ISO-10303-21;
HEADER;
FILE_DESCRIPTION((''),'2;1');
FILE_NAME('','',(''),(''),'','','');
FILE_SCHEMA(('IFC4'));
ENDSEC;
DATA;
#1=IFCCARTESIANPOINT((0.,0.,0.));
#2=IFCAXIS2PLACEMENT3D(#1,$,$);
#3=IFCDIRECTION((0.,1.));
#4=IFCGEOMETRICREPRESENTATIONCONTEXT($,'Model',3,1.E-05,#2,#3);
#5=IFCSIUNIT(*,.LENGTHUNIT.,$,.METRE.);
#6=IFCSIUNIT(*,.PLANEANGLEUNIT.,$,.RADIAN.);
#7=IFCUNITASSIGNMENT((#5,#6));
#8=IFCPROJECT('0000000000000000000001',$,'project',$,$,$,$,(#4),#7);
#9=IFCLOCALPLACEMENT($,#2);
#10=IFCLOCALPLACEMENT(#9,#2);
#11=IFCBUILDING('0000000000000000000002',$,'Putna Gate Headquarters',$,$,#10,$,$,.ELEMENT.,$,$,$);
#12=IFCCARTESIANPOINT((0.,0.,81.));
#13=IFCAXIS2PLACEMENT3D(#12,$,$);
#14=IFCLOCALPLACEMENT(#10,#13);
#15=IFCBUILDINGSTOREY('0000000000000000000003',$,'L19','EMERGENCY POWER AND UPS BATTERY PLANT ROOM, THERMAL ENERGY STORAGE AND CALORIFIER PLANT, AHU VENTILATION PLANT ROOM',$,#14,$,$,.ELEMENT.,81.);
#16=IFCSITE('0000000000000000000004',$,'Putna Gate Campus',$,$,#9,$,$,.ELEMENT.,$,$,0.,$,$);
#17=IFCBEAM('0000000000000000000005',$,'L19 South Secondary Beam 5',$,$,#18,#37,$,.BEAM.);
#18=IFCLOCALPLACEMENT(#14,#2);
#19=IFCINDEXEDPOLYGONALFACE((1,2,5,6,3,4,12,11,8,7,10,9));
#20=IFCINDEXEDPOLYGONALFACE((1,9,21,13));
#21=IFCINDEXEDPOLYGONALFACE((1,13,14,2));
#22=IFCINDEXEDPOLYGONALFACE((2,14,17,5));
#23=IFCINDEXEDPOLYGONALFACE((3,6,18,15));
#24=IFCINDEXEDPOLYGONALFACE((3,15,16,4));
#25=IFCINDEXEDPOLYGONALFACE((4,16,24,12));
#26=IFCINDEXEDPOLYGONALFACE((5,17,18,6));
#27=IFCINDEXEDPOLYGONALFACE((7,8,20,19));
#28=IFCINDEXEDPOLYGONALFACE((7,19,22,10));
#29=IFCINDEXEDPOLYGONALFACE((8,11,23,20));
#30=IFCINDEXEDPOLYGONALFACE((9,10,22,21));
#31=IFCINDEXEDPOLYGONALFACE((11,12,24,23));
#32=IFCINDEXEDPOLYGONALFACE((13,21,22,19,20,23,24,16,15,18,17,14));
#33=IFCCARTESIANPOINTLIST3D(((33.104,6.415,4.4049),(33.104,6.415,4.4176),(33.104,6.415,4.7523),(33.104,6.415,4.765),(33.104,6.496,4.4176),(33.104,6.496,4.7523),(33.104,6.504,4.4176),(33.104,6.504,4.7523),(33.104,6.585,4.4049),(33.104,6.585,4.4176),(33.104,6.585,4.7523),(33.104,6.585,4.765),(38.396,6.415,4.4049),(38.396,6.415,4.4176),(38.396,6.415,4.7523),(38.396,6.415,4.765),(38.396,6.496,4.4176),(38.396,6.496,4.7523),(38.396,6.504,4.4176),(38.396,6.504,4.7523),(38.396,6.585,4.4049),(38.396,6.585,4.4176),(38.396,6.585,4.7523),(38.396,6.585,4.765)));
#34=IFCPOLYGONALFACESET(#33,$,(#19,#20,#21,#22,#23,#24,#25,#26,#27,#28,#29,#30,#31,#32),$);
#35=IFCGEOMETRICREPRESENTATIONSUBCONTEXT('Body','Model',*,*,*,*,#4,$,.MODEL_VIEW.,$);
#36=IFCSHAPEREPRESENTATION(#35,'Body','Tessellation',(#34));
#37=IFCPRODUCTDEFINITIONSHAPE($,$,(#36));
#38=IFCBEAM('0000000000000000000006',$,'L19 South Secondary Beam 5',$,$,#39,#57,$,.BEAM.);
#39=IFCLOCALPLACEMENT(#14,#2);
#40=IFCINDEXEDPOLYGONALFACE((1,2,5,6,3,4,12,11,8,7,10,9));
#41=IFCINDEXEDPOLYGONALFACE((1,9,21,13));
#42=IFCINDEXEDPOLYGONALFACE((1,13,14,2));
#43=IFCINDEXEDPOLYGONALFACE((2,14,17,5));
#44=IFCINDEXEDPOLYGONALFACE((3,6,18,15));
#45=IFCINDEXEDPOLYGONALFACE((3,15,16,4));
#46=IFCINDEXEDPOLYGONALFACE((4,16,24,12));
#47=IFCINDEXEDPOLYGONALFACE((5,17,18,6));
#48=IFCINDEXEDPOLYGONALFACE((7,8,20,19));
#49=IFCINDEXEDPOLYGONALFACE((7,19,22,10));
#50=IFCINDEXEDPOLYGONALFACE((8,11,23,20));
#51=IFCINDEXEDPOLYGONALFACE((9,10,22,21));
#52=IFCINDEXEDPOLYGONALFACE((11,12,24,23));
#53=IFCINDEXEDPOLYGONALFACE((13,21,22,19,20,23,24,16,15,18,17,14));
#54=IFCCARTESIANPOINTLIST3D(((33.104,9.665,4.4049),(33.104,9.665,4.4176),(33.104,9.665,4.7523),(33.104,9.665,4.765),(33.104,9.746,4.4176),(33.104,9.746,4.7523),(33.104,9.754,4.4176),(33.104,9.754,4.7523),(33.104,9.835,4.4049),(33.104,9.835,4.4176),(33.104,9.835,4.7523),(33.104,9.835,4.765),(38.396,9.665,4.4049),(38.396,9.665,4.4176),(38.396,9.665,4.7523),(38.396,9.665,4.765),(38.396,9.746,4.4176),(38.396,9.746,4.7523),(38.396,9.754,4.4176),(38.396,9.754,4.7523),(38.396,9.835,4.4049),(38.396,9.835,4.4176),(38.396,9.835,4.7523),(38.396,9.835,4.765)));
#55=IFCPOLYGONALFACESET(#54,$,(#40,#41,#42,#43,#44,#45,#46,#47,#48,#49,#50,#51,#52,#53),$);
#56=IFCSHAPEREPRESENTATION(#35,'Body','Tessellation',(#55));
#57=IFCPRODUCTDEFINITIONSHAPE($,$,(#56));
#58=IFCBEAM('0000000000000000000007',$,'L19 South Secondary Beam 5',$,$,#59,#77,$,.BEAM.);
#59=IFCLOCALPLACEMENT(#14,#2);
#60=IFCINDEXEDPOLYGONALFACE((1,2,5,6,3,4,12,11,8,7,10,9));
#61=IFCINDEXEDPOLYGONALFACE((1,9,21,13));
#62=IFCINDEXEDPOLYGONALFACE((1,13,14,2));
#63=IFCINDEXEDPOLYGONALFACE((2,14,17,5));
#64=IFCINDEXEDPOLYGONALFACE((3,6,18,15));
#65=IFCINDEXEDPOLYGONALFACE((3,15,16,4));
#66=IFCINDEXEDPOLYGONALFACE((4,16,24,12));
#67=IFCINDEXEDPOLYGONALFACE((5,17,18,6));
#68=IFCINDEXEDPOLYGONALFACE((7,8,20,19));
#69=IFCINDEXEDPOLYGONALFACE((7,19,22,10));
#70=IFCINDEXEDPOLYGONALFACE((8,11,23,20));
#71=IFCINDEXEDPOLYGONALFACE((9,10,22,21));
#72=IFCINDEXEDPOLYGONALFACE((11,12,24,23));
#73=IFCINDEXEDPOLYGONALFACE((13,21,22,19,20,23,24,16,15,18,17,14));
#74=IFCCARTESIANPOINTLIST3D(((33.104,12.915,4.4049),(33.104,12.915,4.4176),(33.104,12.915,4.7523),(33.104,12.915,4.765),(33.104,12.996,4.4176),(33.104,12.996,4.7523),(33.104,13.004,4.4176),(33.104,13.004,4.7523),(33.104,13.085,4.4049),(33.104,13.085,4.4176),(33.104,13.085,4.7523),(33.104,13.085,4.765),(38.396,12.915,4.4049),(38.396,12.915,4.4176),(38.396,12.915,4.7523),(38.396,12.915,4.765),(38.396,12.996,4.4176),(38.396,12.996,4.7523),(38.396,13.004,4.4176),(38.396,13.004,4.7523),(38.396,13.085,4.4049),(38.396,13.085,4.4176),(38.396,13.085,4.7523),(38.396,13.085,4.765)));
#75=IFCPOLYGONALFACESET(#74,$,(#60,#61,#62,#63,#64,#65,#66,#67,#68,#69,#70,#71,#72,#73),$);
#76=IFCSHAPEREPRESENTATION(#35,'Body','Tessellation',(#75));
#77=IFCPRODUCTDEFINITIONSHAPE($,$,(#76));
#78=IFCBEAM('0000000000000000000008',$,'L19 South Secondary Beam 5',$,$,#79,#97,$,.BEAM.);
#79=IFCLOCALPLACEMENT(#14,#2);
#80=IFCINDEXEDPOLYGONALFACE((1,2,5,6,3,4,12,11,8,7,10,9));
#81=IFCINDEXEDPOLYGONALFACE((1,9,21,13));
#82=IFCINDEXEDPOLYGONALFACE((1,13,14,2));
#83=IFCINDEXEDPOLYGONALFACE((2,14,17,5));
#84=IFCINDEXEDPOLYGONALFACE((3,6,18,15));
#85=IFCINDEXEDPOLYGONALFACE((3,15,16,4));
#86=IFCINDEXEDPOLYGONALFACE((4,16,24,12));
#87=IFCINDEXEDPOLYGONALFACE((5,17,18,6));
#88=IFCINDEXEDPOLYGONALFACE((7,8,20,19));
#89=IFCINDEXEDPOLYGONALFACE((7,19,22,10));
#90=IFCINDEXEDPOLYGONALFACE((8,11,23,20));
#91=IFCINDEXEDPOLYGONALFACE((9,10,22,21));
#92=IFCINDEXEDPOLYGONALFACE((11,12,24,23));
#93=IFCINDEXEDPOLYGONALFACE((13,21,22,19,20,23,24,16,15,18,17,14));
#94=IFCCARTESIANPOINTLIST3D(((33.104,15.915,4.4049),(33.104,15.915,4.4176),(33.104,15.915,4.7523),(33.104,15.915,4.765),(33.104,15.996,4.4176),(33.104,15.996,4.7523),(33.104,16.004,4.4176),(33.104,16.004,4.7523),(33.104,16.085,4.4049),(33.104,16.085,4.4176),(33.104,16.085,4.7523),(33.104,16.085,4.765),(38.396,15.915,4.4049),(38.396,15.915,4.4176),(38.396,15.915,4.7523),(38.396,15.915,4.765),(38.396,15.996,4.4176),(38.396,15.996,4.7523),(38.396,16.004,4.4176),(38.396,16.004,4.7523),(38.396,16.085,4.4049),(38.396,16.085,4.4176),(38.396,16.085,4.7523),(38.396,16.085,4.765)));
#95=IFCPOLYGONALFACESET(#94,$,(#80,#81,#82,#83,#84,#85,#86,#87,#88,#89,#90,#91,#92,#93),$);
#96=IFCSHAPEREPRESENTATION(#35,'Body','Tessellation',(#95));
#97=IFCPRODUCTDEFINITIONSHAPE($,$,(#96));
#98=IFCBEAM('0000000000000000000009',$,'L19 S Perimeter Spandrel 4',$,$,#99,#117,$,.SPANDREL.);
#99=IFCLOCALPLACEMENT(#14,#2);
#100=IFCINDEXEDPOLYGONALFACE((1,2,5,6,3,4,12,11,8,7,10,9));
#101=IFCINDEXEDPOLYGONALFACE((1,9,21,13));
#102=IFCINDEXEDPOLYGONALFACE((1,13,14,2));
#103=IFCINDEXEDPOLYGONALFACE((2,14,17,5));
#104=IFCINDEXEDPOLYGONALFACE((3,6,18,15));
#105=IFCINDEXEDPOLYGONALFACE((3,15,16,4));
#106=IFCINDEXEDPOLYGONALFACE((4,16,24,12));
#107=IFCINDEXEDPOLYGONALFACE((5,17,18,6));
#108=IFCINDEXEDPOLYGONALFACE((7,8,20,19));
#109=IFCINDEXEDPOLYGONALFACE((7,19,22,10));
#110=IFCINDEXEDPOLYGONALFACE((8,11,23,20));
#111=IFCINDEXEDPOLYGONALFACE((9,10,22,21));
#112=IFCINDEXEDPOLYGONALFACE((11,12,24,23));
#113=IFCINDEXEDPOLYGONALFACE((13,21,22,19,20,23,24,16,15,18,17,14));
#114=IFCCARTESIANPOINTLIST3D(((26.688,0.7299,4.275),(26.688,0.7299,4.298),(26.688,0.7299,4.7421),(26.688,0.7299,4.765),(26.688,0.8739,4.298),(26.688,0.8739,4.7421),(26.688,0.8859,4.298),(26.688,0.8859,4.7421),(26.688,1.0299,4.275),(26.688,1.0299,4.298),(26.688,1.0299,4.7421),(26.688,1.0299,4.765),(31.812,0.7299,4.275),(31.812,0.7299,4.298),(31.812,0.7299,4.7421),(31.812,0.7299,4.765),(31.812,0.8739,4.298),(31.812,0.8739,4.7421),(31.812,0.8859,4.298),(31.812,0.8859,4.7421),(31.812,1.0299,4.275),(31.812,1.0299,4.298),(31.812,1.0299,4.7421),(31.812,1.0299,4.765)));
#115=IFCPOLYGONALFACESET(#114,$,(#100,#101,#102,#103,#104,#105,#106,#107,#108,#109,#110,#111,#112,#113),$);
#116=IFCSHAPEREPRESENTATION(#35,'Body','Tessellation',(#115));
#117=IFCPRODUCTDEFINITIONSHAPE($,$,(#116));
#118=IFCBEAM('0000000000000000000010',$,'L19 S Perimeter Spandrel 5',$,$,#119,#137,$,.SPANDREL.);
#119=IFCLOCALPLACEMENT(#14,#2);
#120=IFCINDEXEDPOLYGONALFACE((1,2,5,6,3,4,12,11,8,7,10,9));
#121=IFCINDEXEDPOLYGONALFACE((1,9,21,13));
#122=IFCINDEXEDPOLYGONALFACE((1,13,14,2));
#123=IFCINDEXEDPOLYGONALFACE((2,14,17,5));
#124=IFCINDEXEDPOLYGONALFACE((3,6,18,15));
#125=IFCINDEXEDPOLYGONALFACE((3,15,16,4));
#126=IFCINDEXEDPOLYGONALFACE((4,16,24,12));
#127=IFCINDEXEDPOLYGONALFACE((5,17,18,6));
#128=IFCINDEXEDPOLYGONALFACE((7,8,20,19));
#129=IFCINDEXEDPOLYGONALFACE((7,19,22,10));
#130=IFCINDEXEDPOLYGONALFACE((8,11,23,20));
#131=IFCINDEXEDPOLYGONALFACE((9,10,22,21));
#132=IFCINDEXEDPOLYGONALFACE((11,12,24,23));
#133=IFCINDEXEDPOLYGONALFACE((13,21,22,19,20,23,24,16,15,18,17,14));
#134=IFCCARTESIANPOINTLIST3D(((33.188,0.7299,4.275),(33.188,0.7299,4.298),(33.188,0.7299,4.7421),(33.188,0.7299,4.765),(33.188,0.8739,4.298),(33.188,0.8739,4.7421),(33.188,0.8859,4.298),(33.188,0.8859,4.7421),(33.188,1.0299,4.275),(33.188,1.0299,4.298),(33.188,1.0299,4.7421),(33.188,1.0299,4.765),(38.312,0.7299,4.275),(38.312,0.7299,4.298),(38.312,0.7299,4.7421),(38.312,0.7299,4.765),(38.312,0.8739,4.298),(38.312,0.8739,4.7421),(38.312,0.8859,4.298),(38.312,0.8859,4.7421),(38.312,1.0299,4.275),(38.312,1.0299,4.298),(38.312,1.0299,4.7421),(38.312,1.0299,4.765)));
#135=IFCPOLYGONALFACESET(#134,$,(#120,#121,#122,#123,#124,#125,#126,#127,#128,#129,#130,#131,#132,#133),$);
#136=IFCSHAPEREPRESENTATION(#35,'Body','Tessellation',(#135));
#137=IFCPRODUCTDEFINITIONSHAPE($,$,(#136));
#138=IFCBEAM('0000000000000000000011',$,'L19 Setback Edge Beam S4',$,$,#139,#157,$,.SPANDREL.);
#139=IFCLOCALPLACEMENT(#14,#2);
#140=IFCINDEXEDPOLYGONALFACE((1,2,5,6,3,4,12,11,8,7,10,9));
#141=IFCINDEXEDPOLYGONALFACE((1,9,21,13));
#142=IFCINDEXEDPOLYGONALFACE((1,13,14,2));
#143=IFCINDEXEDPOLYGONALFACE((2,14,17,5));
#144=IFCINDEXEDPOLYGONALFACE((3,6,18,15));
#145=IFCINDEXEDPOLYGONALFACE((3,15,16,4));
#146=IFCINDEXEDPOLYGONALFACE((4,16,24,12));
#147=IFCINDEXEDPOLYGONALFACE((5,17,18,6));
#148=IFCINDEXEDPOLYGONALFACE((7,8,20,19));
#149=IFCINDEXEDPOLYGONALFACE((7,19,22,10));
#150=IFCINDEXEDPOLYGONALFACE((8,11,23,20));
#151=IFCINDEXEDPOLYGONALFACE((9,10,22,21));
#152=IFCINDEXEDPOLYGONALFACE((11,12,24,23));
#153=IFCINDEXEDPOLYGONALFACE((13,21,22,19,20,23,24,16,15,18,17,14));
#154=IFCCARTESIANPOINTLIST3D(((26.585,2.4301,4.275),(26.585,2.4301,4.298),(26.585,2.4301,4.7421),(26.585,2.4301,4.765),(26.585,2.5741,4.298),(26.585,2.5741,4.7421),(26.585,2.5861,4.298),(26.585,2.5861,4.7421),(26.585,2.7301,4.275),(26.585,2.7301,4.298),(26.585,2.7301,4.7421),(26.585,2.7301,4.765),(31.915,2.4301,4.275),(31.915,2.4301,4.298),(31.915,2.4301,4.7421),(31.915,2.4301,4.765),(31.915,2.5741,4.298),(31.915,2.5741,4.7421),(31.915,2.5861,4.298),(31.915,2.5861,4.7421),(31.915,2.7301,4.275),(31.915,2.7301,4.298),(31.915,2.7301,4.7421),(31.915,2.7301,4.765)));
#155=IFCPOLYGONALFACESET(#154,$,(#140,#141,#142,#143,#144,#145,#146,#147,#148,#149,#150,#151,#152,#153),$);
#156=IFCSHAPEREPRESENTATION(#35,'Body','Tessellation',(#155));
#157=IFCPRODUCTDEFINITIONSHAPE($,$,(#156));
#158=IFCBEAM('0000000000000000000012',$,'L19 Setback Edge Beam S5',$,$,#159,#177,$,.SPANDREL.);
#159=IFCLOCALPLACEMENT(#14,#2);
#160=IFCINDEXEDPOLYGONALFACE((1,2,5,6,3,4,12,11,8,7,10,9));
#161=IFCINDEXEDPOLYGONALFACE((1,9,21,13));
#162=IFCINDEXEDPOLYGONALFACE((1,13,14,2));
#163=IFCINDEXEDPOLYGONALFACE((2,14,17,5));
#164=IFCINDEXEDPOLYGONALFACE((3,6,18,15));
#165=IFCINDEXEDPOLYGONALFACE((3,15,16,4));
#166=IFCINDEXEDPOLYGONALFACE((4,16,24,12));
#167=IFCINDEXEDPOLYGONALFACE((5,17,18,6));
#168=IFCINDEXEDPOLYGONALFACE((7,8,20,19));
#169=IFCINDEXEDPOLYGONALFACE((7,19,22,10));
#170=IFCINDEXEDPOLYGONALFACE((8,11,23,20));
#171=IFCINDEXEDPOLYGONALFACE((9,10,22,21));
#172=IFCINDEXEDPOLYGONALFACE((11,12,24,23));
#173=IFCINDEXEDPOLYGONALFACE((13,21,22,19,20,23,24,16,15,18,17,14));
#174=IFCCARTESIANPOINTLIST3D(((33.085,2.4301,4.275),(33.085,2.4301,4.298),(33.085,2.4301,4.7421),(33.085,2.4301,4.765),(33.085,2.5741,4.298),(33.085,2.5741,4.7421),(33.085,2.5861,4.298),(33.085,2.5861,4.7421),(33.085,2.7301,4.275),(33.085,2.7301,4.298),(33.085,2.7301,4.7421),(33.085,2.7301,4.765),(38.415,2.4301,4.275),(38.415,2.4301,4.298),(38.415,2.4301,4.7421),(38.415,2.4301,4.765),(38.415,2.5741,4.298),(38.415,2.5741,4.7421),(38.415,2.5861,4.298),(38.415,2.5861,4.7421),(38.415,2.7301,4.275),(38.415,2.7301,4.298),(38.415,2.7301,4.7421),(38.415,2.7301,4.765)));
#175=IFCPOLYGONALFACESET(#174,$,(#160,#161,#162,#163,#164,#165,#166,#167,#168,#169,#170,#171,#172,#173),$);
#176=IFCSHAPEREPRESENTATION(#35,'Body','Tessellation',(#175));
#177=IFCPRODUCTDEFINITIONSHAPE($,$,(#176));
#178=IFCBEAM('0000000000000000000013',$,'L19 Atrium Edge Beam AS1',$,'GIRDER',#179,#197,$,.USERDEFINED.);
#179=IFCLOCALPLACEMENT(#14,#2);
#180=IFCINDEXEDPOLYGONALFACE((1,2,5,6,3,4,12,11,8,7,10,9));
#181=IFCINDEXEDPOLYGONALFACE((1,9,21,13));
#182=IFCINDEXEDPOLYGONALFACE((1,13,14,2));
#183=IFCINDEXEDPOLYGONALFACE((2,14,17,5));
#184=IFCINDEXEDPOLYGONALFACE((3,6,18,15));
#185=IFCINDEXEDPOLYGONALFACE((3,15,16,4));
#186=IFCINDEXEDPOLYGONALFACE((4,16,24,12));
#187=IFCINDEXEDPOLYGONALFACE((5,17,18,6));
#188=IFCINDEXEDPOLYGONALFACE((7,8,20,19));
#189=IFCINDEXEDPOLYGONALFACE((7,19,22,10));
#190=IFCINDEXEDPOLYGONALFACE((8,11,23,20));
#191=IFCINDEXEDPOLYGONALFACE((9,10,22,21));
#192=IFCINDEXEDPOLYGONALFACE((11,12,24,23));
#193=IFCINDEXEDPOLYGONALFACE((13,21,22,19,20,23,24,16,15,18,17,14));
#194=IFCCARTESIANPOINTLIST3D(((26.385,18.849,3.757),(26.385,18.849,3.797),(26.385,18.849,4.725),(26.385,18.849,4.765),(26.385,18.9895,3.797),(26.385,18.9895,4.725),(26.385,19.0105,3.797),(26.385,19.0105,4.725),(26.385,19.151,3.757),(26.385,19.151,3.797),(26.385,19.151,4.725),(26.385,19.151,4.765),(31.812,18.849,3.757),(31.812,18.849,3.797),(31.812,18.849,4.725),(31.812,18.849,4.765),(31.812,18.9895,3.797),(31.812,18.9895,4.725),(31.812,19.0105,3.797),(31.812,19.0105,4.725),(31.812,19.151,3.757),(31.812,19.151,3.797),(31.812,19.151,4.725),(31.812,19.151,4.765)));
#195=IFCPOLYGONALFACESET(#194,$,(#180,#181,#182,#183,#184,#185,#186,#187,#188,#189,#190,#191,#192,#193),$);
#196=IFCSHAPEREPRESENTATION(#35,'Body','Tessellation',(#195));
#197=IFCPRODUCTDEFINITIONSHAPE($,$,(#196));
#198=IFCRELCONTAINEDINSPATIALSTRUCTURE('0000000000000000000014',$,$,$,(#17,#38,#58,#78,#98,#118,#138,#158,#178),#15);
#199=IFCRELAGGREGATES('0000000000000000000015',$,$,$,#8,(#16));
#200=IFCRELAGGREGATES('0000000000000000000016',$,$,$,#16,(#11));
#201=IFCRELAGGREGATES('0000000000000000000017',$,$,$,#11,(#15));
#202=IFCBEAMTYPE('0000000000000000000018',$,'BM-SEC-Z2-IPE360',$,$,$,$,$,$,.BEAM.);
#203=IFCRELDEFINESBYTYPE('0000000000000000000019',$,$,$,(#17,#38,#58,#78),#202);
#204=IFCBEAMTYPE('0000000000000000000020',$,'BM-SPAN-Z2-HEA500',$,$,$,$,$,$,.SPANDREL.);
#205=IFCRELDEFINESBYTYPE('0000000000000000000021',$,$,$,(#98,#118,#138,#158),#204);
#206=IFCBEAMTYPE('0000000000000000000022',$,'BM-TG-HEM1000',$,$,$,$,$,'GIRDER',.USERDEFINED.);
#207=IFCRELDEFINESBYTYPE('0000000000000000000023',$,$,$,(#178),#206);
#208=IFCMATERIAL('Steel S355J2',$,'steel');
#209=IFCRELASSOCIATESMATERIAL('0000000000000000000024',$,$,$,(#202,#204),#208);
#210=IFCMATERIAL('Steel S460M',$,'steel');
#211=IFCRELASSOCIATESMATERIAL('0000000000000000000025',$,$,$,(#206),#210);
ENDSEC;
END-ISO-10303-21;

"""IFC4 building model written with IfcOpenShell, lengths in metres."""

from ifc_helpers import new_model, si_unit, direction, frame, origin, origin_2d, place, context, subcontext, project, spatial, i_section, extrude, material, material_profile, profile_set, type_object, element, save


model = new_model("IFC4")

# Units and contexts
model_context = context("Model", 3, precision=1e-05, world=origin(), true_north=direction((0.0, 1.0)))
body_context = subcontext(model_context, "Body", "Model", "MODEL_VIEW")
ifc_project = project(units=[si_unit("LENGTHUNIT", "METRE"), si_unit("PLANEANGLEUNIT", "RADIAN")], contexts=[model_context])

# Site, building, storey
site_placement = place(None, origin())
site = spatial("IfcSite", under=ifc_project, at=site_placement, Name="Putna Gate Campus", CompositionType="ELEMENT", RefElevation=0.0)
building_placement = place(site_placement, origin())
building = spatial("IfcBuilding", under=site, at=building_placement, Name="Putna Gate Headquarters", CompositionType="ELEMENT")
storey_placement = place(building_placement, frame((0.0, 0.0, 81.0)))
storey = spatial("IfcBuildingStorey", under=building, at=storey_placement, Name="L19", Description="EMERGENCY POWER AND UPS BATTERY PLANT ROOM, THERMAL ENERGY STORAGE AND CALORIFIER PLANT, AHU VENTILATION PLANT ROOM", CompositionType="ELEMENT", Elevation=81.0)

# Beams
ifc_material_1 = material(Name="Steel S355J2", Category="steel")
ifc_material_profile_1 = material_profile(ifc_material_1, i_section(OverallWidth=0.1699, OverallDepth=0.3601, WebThickness=0.0081, FlangeThickness=0.0127, at=origin_2d()), Name="Steel S355J2")
ifc_profile_set_1 = profile_set([ifc_material_profile_1], Name="Steel S355J2")
beam_type_1 = type_object("IfcBeamType", Name="BM-SEC-Z2-IPE360", PredefinedType="BEAM", material=ifc_profile_set_1)
for number, where, z_axis, x_axis, name in (
    (1, (33.104, 6.5, 4.585), (1.0, 0.0, 0.0), (0.0, 1.0, 0.0), "L19 South Secondary Beam 5"),
    (2, (33.104, 9.75, 4.585), (1.0, 0.0, 0.0), (0.0, 1.0, 0.0), "L19 South Secondary Beam 5"),
    (3, (33.104, 13.0, 4.585), (1.0, 0.0, 0.0), (0.0, 1.0, 0.0), "L19 South Secondary Beam 5"),
    (4, (33.104, 16.0, 4.585), (1.0, 0.0, 0.0), (0.0, 1.0, 0.0), "L19 South Secondary Beam 5"),
):
    element("IfcBeam", number, at=place(storey_placement, frame(where, z_axis=z_axis, x_axis=x_axis)), inside=storey, type_object=beam_type_1, Name=name, PredefinedType="BEAM", context=body_context, shape_type="SweptSolid", body=[
        extrude(i_section(OverallWidth=0.1699, OverallDepth=0.3601, WebThickness=0.0081, FlangeThickness=0.0127, at=origin_2d()), origin(), (0.0, 0.0, 1.0), 5.292),
    ])
ifc_material_profile_2 = material_profile(ifc_material_1, i_section(OverallWidth=0.3, OverallDepth=0.49, WebThickness=0.012, FlangeThickness=0.0229, at=origin_2d()), Name="Steel S355J2")
ifc_profile_set_2 = profile_set([ifc_material_profile_2], Name="Steel S355J2")
beam_type_2 = type_object("IfcBeamType", Name="BM-SPAN-Z2-HEA500", PredefinedType="SPANDREL", material=ifc_profile_set_2)
for number, where, z_axis, x_axis, name in (
    (5, (26.688, 0.8799, 4.52), (1.0, 0.0, 0.0), (0.0, 1.0, 0.0), "L19 S Perimeter Spandrel 4"),
    (6, (33.188, 0.8799, 4.52), (1.0, 0.0, 0.0), (0.0, 1.0, 0.0), "L19 S Perimeter Spandrel 5"),
):
    element("IfcBeam", number, at=place(storey_placement, frame(where, z_axis=z_axis, x_axis=x_axis)), inside=storey, type_object=beam_type_2, Name=name, PredefinedType="SPANDREL", context=body_context, shape_type="SweptSolid", body=[
        extrude(i_section(OverallWidth=0.3, OverallDepth=0.49, WebThickness=0.012, FlangeThickness=0.0229, at=origin_2d()), origin(), (0.0, 0.0, 1.0), 5.124),
    ])
for number, where, z_axis, x_axis, name in (
    (7, (26.585, 2.5801, 4.52), (1.0, 0.0, 0.0), (0.0, 1.0, 0.0), "L19 Setback Edge Beam S4"),
    (8, (33.085, 2.5801, 4.52), (1.0, 0.0, 0.0), (0.0, 1.0, 0.0), "L19 Setback Edge Beam S5"),
):
    element("IfcBeam", number, at=place(storey_placement, frame(where, z_axis=z_axis, x_axis=x_axis)), inside=storey, type_object=beam_type_2, Name=name, PredefinedType="SPANDREL", context=body_context, shape_type="SweptSolid", body=[
        extrude(i_section(OverallWidth=0.3, OverallDepth=0.49, WebThickness=0.012, FlangeThickness=0.0229, at=origin_2d()), origin(), (0.0, 0.0, 1.0), 5.3301),
    ])
ifc_material_2 = material(Name="Steel S460M", Category="steel")
ifc_material_profile_3 = material_profile(ifc_material_2, i_section(OverallWidth=0.302, OverallDepth=1.0081, WebThickness=0.021, FlangeThickness=0.04, at=origin_2d()), Name="Steel S460M")
ifc_profile_set_3 = profile_set([ifc_material_profile_3], Name="Steel S460M")
beam_type_3 = type_object("IfcBeamType", Name="BM-TG-HEM1000", ElementType="GIRDER", PredefinedType="USERDEFINED", material=ifc_profile_set_3)
beam_1_placement = place(storey_placement, frame((26.385, 19.0, 4.261), z_axis=(1.0, 0.0, 0.0), x_axis=(0.0, 1.0, 0.0)))
element("IfcBeam", 9, at=beam_1_placement, inside=storey, type_object=beam_type_3, Name="L19 Atrium Edge Beam AS1", ObjectType="GIRDER", PredefinedType="USERDEFINED", context=body_context, shape_type="SweptSolid", body=[
    extrude(i_section(OverallWidth=0.302, OverallDepth=1.0081, WebThickness=0.021, FlangeThickness=0.04, at=origin_2d()), origin(), (0.0, 0.0, 1.0), 5.427),
])

save(model, "model.ifc")
